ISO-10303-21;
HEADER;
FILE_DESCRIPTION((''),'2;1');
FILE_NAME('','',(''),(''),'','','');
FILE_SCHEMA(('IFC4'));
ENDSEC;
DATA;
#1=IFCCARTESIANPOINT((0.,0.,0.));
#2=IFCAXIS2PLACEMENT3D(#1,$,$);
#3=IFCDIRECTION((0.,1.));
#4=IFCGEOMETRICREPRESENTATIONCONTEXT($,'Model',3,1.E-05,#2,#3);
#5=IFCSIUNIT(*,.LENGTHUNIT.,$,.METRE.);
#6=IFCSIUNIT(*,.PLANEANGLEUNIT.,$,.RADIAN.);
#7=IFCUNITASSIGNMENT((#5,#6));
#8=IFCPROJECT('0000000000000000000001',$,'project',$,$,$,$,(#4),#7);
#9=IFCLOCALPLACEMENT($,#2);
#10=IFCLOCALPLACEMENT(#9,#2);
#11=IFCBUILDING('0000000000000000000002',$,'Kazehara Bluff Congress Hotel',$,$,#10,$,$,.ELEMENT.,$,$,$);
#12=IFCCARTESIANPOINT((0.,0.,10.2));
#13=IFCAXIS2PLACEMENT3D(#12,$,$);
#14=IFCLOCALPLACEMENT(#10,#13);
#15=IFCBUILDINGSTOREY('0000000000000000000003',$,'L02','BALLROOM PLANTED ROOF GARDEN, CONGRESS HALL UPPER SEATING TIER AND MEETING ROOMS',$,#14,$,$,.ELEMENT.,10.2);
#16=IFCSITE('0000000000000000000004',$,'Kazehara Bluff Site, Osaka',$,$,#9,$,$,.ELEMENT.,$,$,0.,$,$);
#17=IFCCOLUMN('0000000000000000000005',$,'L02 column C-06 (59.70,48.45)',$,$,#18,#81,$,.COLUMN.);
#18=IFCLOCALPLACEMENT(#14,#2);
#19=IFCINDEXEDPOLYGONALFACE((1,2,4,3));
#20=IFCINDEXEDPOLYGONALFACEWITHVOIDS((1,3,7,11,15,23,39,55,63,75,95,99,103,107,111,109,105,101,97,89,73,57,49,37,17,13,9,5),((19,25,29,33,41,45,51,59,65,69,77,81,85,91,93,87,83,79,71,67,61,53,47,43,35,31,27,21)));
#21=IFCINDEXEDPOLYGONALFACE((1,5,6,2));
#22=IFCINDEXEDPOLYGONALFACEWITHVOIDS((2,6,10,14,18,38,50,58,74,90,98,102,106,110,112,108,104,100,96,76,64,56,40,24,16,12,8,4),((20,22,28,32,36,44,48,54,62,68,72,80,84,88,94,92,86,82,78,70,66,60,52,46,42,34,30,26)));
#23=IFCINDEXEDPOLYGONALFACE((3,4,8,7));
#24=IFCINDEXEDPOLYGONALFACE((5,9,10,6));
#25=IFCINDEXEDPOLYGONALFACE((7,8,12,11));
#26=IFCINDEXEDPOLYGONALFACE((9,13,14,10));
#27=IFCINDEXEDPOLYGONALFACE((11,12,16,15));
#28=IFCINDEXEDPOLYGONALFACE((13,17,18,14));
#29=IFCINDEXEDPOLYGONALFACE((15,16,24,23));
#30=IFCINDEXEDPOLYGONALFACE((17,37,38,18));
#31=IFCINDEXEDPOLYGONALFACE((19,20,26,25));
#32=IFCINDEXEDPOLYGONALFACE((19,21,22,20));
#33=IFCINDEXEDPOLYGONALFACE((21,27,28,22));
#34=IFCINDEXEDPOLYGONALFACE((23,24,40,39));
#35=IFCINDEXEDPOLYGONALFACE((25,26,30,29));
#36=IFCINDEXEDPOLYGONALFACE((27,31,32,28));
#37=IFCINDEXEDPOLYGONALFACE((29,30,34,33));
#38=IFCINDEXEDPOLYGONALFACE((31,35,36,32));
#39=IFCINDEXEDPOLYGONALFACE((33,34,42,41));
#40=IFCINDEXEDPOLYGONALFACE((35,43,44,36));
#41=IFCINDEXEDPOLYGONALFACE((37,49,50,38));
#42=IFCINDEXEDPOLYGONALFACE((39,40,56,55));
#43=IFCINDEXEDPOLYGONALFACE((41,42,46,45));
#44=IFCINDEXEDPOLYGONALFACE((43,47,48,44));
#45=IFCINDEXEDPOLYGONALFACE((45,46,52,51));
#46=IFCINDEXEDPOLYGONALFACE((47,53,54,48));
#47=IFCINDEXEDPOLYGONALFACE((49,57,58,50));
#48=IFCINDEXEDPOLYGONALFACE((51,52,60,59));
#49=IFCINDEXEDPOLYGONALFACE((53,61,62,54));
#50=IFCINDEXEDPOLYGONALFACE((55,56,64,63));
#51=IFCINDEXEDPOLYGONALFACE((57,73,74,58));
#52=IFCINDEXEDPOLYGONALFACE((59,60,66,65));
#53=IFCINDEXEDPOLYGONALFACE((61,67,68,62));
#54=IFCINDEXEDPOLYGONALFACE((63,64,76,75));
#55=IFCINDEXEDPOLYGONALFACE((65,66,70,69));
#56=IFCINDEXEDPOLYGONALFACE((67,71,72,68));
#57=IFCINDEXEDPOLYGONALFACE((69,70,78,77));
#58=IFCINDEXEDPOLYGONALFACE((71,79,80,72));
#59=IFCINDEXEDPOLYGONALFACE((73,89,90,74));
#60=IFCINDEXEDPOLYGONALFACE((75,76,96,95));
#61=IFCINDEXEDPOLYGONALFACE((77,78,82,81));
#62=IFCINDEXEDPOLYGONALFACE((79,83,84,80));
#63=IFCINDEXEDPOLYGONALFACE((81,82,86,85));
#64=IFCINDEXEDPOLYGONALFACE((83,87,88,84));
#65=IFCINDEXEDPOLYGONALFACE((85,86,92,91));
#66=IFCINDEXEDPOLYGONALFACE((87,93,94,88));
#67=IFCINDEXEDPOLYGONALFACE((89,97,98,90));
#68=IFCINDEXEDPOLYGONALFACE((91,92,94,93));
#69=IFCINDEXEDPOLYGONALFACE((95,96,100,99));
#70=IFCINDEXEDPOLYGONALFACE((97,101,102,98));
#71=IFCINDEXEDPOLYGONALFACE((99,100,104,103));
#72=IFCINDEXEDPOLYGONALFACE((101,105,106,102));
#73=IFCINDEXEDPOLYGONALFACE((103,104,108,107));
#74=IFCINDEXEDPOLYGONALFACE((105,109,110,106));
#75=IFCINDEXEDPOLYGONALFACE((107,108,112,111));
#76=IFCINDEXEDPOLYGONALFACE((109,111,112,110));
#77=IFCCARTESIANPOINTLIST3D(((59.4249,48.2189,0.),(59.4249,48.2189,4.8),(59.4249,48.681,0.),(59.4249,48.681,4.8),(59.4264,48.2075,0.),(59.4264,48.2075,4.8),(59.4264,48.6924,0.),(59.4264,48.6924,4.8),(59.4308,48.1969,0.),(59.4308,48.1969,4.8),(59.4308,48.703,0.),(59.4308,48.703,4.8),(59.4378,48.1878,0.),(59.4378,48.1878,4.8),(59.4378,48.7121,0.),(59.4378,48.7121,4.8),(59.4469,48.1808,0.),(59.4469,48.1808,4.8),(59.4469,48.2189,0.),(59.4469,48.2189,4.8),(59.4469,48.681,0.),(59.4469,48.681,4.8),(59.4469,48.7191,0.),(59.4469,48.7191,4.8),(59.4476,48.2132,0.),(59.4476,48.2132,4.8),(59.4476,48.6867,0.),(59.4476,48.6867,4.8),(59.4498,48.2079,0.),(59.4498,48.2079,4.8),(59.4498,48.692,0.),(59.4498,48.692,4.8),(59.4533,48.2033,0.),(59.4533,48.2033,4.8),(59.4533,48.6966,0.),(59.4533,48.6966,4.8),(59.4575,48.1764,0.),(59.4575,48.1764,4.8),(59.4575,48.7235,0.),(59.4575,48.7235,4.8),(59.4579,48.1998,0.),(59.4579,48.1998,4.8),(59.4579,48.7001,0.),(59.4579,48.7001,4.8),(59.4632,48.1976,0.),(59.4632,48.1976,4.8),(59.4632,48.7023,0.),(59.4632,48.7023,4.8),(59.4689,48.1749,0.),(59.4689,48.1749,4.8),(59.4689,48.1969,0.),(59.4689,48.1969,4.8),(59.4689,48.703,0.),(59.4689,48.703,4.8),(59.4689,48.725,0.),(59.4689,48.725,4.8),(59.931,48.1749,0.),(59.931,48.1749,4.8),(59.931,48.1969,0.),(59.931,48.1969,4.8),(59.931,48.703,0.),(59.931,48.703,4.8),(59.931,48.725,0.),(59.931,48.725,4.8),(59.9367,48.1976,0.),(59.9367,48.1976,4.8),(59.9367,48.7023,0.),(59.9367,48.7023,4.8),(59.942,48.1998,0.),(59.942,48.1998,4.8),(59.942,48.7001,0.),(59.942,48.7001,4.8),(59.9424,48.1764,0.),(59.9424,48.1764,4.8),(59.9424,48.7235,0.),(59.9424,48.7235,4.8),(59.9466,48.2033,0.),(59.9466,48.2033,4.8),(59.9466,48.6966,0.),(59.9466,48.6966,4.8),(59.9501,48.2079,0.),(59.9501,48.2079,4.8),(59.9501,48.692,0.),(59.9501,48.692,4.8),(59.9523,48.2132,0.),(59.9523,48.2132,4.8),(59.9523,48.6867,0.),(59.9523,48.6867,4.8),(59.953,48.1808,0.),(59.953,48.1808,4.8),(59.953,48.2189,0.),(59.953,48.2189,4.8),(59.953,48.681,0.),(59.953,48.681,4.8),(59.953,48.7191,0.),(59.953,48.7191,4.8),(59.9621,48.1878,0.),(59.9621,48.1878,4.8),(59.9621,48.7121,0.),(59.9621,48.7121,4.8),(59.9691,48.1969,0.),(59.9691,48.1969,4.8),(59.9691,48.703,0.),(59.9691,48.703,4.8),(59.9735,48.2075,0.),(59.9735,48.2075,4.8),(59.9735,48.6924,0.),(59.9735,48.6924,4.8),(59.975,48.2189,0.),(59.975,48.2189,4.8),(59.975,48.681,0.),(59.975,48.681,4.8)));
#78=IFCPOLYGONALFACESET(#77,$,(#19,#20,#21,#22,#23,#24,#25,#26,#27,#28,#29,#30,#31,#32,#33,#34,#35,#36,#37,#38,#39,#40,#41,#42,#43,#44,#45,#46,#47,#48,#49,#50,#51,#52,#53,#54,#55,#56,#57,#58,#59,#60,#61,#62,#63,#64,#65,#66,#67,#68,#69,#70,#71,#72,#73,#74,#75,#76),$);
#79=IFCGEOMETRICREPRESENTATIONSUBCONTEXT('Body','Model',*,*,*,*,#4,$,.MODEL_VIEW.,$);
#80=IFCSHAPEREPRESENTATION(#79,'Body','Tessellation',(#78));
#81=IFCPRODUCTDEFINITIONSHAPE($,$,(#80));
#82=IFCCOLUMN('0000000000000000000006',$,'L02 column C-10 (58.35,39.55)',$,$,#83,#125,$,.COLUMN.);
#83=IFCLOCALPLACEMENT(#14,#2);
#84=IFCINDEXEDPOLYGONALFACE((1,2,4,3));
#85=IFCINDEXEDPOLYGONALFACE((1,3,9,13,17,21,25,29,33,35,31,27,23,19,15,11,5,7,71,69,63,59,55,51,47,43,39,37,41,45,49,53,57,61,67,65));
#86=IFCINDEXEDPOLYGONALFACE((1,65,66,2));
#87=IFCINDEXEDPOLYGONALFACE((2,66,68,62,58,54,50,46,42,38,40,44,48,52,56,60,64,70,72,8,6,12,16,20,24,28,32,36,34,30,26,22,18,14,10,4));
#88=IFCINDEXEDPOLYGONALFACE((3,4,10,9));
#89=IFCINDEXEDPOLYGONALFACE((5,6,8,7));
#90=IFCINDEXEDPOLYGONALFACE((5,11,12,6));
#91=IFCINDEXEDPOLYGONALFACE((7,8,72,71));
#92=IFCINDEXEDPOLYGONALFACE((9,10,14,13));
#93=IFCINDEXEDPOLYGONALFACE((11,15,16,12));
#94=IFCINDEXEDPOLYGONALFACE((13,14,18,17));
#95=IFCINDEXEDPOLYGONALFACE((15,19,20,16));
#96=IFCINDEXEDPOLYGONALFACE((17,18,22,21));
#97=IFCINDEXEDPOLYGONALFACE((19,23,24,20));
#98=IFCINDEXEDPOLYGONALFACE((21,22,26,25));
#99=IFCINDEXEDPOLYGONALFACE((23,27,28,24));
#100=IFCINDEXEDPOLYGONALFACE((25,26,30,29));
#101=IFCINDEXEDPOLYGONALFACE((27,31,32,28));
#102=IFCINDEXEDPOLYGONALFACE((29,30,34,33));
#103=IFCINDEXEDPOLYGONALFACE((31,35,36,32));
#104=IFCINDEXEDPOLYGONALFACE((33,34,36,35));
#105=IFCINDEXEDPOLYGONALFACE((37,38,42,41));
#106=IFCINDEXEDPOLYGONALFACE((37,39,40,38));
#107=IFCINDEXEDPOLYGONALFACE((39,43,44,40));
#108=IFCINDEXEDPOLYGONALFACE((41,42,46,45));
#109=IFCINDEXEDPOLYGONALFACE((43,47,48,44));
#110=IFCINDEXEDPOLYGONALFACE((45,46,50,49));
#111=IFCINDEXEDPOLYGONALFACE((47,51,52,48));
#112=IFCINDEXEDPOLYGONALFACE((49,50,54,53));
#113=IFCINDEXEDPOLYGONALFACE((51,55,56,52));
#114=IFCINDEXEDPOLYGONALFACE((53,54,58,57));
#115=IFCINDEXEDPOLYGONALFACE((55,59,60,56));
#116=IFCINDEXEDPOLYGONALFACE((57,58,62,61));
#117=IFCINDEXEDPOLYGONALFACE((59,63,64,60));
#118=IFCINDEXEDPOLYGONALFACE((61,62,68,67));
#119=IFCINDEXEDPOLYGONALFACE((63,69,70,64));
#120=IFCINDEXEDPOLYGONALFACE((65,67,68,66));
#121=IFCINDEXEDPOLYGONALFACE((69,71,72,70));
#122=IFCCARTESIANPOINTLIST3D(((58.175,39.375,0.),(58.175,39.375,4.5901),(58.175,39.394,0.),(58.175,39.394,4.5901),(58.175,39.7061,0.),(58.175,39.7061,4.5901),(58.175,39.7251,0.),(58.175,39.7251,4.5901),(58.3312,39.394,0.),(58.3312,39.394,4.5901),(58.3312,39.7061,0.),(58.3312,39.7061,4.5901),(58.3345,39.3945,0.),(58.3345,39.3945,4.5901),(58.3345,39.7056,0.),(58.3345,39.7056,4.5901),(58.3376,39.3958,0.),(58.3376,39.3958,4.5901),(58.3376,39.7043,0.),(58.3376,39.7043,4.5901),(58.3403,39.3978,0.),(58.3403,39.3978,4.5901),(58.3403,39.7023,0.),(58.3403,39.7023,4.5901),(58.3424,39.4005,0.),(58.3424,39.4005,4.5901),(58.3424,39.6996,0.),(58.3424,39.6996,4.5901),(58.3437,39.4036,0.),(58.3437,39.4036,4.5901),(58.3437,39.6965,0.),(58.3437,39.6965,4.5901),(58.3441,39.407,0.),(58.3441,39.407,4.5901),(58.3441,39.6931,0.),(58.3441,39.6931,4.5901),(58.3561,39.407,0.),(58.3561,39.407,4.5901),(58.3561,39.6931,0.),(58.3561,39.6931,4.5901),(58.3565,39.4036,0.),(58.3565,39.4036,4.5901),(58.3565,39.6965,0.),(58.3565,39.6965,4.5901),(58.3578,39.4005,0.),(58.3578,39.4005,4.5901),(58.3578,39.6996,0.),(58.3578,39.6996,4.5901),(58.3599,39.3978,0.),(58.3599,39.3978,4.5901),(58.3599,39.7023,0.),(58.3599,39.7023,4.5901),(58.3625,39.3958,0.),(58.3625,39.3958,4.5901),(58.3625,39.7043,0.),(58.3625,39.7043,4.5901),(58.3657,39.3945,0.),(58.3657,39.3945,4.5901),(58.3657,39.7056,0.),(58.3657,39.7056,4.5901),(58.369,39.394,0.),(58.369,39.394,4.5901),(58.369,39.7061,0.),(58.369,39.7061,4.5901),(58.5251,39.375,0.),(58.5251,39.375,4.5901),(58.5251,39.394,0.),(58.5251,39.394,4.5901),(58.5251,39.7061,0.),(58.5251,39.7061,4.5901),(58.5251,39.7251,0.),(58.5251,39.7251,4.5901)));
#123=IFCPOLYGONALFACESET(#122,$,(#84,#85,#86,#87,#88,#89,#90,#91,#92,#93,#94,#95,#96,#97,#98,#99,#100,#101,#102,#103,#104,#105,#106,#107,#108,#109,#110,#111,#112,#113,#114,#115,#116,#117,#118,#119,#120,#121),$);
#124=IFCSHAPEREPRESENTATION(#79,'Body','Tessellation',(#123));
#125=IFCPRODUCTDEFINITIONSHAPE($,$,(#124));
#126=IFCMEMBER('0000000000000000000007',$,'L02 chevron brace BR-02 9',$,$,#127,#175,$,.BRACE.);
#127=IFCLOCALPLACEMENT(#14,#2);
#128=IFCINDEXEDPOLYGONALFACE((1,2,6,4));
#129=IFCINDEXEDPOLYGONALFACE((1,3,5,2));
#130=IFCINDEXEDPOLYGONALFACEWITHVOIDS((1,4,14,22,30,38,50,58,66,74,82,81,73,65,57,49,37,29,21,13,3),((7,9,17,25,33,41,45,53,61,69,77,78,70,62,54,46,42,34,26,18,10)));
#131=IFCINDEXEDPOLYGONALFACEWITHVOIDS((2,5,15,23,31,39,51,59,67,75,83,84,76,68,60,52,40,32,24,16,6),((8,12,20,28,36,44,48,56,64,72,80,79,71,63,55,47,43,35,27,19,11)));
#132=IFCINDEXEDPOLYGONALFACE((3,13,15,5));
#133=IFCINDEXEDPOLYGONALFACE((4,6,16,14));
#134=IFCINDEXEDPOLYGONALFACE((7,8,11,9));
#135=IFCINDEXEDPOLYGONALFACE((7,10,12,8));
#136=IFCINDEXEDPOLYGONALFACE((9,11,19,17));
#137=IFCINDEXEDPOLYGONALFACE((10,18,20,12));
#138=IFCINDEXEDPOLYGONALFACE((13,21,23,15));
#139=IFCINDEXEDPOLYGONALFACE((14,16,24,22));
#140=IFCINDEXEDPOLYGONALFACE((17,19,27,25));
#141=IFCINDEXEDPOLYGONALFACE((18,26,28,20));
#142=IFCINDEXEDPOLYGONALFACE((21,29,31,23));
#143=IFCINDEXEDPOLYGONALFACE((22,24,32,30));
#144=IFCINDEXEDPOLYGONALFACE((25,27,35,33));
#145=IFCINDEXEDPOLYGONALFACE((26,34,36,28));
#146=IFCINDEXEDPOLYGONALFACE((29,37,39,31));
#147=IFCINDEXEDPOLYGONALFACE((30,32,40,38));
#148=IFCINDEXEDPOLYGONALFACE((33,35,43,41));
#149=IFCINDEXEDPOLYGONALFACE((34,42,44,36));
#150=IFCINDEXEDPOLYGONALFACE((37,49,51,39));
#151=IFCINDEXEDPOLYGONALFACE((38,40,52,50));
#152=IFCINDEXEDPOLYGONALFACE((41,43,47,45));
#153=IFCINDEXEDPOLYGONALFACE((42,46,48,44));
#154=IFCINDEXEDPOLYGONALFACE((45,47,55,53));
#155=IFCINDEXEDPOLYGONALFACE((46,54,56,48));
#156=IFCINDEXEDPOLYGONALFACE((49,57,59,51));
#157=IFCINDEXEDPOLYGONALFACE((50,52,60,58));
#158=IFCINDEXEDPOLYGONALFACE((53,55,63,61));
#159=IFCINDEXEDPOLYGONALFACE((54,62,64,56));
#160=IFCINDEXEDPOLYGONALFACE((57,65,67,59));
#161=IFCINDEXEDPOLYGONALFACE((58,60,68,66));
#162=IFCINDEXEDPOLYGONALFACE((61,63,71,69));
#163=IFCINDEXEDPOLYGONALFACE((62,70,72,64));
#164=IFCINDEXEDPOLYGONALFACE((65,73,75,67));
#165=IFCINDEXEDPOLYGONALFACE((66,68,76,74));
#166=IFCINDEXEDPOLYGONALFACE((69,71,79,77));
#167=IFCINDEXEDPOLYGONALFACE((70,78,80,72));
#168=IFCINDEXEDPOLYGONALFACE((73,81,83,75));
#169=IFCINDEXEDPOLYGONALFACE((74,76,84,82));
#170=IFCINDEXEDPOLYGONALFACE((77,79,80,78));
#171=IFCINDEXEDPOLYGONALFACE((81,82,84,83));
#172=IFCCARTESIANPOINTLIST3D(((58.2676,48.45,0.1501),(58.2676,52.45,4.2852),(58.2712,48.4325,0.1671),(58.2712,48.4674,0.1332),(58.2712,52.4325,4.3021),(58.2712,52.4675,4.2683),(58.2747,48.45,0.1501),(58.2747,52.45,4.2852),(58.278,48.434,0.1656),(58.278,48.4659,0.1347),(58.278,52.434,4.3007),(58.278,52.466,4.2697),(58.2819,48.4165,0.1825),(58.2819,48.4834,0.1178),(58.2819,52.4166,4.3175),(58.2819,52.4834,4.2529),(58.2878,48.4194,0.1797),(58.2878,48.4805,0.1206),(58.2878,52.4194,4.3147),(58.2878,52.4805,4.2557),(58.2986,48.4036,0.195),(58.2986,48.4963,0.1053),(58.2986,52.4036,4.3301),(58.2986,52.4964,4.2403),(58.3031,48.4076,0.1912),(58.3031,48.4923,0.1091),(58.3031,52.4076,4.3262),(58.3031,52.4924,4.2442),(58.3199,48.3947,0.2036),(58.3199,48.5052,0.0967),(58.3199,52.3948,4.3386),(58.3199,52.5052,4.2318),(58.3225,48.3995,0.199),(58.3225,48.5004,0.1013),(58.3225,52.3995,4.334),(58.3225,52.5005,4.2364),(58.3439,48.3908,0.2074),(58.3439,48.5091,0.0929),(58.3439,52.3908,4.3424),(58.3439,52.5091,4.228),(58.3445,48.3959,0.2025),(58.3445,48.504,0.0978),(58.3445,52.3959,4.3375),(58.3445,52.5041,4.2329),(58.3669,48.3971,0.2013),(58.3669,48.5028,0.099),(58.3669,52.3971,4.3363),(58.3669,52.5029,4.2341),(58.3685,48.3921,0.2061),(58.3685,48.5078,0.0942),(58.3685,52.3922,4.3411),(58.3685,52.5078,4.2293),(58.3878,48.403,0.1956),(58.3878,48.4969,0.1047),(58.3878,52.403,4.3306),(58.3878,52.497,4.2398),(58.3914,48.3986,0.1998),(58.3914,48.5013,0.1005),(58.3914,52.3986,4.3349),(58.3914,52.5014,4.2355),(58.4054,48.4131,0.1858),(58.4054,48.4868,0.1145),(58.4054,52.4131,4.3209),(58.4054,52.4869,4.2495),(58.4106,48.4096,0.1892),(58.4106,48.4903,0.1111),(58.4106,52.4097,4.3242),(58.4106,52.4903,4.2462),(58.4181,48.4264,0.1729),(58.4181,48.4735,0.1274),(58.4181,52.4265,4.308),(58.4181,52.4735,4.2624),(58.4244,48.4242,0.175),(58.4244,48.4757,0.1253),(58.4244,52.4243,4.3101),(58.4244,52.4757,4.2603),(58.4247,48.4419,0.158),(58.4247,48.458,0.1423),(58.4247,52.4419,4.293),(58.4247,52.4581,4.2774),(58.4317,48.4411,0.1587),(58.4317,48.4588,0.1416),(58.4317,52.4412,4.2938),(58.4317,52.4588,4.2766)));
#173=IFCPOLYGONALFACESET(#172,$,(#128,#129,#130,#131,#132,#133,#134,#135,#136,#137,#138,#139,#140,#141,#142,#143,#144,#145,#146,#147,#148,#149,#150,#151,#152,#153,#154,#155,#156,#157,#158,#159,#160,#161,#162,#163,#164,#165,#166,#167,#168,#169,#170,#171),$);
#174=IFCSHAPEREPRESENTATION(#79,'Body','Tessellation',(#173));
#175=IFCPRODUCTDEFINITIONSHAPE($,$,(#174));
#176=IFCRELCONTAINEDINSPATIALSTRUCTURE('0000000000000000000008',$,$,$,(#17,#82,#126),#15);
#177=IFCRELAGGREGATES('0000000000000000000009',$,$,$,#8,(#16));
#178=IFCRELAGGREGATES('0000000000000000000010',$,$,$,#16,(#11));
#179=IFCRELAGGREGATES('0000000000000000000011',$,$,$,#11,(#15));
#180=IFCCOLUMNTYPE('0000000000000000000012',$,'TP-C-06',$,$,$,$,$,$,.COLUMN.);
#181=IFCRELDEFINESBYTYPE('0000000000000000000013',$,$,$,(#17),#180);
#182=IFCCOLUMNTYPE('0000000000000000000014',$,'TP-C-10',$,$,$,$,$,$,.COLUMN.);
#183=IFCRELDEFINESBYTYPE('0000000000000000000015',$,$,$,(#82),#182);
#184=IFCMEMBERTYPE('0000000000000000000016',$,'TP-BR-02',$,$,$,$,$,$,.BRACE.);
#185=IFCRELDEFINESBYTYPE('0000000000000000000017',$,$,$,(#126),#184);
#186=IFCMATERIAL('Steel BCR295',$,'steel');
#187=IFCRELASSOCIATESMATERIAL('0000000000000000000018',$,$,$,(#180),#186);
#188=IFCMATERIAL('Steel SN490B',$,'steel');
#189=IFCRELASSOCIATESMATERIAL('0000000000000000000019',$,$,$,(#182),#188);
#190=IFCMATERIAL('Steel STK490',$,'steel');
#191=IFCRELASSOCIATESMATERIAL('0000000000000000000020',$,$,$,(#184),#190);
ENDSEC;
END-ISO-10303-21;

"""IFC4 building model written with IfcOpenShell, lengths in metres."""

from ifc_helpers import new_model, si_unit, direction, frame, origin, origin_2d, place, context, subcontext, project, spatial, hollow_rectangle, hollow_circle, i_section, extrude, material, material_profile, profile_set, type_object, element, save


model = new_model("IFC4")

# Units and contexts
model_context = context("Model", 3, precision=1e-05, world=origin(), true_north=direction((0.0, 1.0)))
body_context = subcontext(model_context, "Body", "Model", "MODEL_VIEW")
ifc_project = project(units=[si_unit("LENGTHUNIT", "METRE"), si_unit("PLANEANGLEUNIT", "RADIAN")], contexts=[model_context])

# Site, building, storey
site_placement = place(None, origin())
site = spatial("IfcSite", under=ifc_project, at=site_placement, Name="Kazehara Bluff Site, Osaka", CompositionType="ELEMENT", RefElevation=0.0)
building_placement = place(site_placement, origin())
building = spatial("IfcBuilding", under=site, at=building_placement, Name="Kazehara Bluff Congress Hotel", CompositionType="ELEMENT")
storey_placement = place(building_placement, frame((0.0, 0.0, 10.2)))
storey = spatial("IfcBuildingStorey", under=building, at=storey_placement, Name="L02", Description="BALLROOM PLANTED ROOF GARDEN, CONGRESS HALL UPPER SEATING TIER AND MEETING ROOMS", CompositionType="ELEMENT", Elevation=10.2)

# Columns
ifc_material_1 = material(Name="Steel BCR295", Category="steel")
ifc_material_profile_1 = material_profile(ifc_material_1, hollow_rectangle(XDim=0.55, YDim=0.55, WallThickness=0.022, InnerFilletRadius=0.022, OuterFilletRadius=0.0439, at=origin_2d()))
ifc_profile_set_1 = profile_set([ifc_material_profile_1], Name="Steel BCR295")
column_type_1 = type_object("IfcColumnType", Name="TP-C-06", PredefinedType="COLUMN", material=ifc_profile_set_1)
for number, where, z_axis, x_axis, name in (
    (1, (59.7, 48.45, 0.0), (0.0, 0.0, 1.0), (1.0, 0.0, 0.0), "L02 column C-06 (59.70,48.45)"),
):
    element("IfcColumn", number, at=place(storey_placement, frame(where, z_axis=z_axis, x_axis=x_axis)), inside=storey, type_object=column_type_1, Name=name, PredefinedType="COLUMN", context=body_context, shape_type="SweptSolid", body=[
        extrude(hollow_rectangle(XDim=0.55, YDim=0.55, WallThickness=0.022, InnerFilletRadius=0.022, OuterFilletRadius=0.0439, at=origin_2d()), origin(), (0.0, 0.0, 1.0), 4.8),
    ])
ifc_material_2 = material(Name="Steel SN490B", Category="steel")
ifc_material_profile_2 = material_profile(ifc_material_2, i_section(OverallWidth=0.3501, OverallDepth=0.3501, WebThickness=0.012, FlangeThickness=0.019, FilletRadius=0.0129, at=origin_2d()))
ifc_profile_set_2 = profile_set([ifc_material_profile_2], Name="Steel SN490B")
column_type_2 = type_object("IfcColumnType", Name="TP-C-10", PredefinedType="COLUMN", material=ifc_profile_set_2)
column_1_placement = place(storey_placement, frame((58.3501, 39.55, 0.0), z_axis=(0.0, 0.0, 1.0), x_axis=(1.0, 0.0, 0.0)))
element("IfcColumn", 2, at=column_1_placement, inside=storey, type_object=column_type_2, Name="L02 column C-10 (58.35,39.55)", PredefinedType="COLUMN", context=body_context, shape_type="SweptSolid", body=[
    extrude(i_section(OverallWidth=0.3501, OverallDepth=0.3501, WebThickness=0.012, FlangeThickness=0.019, FilletRadius=0.0129, at=origin_2d()), origin(), (0.0, 0.0, 1.0), 4.5901),
])

# Member
ifc_material_3 = material(Name="Steel STK490", Category="steel")
ifc_material_profile_3 = material_profile(ifc_material_3, hollow_circle(Radius=0.0825, WallThickness=0.0071, at=origin_2d()))
ifc_profile_set_3 = profile_set([ifc_material_profile_3], Name="Steel STK490")
member_type = type_object("IfcMemberType", Name="TP-BR-02", PredefinedType="BRACE", material=ifc_profile_set_3)
member_placement = place(storey_placement, frame((58.3501, 48.45, 0.1501), z_axis=(0.0, 0.695276, 0.718743), x_axis=(-1.0, 0.0, 0.0)))
element("IfcMember", 3, at=member_placement, inside=storey, type_object=member_type, Name="L02 chevron brace BR-02 9", PredefinedType="BRACE", context=body_context, shape_type="SweptSolid", body=[
    extrude(hollow_circle(Radius=0.0825, WallThickness=0.0071, at=origin_2d()), origin(), (0.0, 0.0, 1.0), 5.7532),
])

save(model, "model.ifc")
